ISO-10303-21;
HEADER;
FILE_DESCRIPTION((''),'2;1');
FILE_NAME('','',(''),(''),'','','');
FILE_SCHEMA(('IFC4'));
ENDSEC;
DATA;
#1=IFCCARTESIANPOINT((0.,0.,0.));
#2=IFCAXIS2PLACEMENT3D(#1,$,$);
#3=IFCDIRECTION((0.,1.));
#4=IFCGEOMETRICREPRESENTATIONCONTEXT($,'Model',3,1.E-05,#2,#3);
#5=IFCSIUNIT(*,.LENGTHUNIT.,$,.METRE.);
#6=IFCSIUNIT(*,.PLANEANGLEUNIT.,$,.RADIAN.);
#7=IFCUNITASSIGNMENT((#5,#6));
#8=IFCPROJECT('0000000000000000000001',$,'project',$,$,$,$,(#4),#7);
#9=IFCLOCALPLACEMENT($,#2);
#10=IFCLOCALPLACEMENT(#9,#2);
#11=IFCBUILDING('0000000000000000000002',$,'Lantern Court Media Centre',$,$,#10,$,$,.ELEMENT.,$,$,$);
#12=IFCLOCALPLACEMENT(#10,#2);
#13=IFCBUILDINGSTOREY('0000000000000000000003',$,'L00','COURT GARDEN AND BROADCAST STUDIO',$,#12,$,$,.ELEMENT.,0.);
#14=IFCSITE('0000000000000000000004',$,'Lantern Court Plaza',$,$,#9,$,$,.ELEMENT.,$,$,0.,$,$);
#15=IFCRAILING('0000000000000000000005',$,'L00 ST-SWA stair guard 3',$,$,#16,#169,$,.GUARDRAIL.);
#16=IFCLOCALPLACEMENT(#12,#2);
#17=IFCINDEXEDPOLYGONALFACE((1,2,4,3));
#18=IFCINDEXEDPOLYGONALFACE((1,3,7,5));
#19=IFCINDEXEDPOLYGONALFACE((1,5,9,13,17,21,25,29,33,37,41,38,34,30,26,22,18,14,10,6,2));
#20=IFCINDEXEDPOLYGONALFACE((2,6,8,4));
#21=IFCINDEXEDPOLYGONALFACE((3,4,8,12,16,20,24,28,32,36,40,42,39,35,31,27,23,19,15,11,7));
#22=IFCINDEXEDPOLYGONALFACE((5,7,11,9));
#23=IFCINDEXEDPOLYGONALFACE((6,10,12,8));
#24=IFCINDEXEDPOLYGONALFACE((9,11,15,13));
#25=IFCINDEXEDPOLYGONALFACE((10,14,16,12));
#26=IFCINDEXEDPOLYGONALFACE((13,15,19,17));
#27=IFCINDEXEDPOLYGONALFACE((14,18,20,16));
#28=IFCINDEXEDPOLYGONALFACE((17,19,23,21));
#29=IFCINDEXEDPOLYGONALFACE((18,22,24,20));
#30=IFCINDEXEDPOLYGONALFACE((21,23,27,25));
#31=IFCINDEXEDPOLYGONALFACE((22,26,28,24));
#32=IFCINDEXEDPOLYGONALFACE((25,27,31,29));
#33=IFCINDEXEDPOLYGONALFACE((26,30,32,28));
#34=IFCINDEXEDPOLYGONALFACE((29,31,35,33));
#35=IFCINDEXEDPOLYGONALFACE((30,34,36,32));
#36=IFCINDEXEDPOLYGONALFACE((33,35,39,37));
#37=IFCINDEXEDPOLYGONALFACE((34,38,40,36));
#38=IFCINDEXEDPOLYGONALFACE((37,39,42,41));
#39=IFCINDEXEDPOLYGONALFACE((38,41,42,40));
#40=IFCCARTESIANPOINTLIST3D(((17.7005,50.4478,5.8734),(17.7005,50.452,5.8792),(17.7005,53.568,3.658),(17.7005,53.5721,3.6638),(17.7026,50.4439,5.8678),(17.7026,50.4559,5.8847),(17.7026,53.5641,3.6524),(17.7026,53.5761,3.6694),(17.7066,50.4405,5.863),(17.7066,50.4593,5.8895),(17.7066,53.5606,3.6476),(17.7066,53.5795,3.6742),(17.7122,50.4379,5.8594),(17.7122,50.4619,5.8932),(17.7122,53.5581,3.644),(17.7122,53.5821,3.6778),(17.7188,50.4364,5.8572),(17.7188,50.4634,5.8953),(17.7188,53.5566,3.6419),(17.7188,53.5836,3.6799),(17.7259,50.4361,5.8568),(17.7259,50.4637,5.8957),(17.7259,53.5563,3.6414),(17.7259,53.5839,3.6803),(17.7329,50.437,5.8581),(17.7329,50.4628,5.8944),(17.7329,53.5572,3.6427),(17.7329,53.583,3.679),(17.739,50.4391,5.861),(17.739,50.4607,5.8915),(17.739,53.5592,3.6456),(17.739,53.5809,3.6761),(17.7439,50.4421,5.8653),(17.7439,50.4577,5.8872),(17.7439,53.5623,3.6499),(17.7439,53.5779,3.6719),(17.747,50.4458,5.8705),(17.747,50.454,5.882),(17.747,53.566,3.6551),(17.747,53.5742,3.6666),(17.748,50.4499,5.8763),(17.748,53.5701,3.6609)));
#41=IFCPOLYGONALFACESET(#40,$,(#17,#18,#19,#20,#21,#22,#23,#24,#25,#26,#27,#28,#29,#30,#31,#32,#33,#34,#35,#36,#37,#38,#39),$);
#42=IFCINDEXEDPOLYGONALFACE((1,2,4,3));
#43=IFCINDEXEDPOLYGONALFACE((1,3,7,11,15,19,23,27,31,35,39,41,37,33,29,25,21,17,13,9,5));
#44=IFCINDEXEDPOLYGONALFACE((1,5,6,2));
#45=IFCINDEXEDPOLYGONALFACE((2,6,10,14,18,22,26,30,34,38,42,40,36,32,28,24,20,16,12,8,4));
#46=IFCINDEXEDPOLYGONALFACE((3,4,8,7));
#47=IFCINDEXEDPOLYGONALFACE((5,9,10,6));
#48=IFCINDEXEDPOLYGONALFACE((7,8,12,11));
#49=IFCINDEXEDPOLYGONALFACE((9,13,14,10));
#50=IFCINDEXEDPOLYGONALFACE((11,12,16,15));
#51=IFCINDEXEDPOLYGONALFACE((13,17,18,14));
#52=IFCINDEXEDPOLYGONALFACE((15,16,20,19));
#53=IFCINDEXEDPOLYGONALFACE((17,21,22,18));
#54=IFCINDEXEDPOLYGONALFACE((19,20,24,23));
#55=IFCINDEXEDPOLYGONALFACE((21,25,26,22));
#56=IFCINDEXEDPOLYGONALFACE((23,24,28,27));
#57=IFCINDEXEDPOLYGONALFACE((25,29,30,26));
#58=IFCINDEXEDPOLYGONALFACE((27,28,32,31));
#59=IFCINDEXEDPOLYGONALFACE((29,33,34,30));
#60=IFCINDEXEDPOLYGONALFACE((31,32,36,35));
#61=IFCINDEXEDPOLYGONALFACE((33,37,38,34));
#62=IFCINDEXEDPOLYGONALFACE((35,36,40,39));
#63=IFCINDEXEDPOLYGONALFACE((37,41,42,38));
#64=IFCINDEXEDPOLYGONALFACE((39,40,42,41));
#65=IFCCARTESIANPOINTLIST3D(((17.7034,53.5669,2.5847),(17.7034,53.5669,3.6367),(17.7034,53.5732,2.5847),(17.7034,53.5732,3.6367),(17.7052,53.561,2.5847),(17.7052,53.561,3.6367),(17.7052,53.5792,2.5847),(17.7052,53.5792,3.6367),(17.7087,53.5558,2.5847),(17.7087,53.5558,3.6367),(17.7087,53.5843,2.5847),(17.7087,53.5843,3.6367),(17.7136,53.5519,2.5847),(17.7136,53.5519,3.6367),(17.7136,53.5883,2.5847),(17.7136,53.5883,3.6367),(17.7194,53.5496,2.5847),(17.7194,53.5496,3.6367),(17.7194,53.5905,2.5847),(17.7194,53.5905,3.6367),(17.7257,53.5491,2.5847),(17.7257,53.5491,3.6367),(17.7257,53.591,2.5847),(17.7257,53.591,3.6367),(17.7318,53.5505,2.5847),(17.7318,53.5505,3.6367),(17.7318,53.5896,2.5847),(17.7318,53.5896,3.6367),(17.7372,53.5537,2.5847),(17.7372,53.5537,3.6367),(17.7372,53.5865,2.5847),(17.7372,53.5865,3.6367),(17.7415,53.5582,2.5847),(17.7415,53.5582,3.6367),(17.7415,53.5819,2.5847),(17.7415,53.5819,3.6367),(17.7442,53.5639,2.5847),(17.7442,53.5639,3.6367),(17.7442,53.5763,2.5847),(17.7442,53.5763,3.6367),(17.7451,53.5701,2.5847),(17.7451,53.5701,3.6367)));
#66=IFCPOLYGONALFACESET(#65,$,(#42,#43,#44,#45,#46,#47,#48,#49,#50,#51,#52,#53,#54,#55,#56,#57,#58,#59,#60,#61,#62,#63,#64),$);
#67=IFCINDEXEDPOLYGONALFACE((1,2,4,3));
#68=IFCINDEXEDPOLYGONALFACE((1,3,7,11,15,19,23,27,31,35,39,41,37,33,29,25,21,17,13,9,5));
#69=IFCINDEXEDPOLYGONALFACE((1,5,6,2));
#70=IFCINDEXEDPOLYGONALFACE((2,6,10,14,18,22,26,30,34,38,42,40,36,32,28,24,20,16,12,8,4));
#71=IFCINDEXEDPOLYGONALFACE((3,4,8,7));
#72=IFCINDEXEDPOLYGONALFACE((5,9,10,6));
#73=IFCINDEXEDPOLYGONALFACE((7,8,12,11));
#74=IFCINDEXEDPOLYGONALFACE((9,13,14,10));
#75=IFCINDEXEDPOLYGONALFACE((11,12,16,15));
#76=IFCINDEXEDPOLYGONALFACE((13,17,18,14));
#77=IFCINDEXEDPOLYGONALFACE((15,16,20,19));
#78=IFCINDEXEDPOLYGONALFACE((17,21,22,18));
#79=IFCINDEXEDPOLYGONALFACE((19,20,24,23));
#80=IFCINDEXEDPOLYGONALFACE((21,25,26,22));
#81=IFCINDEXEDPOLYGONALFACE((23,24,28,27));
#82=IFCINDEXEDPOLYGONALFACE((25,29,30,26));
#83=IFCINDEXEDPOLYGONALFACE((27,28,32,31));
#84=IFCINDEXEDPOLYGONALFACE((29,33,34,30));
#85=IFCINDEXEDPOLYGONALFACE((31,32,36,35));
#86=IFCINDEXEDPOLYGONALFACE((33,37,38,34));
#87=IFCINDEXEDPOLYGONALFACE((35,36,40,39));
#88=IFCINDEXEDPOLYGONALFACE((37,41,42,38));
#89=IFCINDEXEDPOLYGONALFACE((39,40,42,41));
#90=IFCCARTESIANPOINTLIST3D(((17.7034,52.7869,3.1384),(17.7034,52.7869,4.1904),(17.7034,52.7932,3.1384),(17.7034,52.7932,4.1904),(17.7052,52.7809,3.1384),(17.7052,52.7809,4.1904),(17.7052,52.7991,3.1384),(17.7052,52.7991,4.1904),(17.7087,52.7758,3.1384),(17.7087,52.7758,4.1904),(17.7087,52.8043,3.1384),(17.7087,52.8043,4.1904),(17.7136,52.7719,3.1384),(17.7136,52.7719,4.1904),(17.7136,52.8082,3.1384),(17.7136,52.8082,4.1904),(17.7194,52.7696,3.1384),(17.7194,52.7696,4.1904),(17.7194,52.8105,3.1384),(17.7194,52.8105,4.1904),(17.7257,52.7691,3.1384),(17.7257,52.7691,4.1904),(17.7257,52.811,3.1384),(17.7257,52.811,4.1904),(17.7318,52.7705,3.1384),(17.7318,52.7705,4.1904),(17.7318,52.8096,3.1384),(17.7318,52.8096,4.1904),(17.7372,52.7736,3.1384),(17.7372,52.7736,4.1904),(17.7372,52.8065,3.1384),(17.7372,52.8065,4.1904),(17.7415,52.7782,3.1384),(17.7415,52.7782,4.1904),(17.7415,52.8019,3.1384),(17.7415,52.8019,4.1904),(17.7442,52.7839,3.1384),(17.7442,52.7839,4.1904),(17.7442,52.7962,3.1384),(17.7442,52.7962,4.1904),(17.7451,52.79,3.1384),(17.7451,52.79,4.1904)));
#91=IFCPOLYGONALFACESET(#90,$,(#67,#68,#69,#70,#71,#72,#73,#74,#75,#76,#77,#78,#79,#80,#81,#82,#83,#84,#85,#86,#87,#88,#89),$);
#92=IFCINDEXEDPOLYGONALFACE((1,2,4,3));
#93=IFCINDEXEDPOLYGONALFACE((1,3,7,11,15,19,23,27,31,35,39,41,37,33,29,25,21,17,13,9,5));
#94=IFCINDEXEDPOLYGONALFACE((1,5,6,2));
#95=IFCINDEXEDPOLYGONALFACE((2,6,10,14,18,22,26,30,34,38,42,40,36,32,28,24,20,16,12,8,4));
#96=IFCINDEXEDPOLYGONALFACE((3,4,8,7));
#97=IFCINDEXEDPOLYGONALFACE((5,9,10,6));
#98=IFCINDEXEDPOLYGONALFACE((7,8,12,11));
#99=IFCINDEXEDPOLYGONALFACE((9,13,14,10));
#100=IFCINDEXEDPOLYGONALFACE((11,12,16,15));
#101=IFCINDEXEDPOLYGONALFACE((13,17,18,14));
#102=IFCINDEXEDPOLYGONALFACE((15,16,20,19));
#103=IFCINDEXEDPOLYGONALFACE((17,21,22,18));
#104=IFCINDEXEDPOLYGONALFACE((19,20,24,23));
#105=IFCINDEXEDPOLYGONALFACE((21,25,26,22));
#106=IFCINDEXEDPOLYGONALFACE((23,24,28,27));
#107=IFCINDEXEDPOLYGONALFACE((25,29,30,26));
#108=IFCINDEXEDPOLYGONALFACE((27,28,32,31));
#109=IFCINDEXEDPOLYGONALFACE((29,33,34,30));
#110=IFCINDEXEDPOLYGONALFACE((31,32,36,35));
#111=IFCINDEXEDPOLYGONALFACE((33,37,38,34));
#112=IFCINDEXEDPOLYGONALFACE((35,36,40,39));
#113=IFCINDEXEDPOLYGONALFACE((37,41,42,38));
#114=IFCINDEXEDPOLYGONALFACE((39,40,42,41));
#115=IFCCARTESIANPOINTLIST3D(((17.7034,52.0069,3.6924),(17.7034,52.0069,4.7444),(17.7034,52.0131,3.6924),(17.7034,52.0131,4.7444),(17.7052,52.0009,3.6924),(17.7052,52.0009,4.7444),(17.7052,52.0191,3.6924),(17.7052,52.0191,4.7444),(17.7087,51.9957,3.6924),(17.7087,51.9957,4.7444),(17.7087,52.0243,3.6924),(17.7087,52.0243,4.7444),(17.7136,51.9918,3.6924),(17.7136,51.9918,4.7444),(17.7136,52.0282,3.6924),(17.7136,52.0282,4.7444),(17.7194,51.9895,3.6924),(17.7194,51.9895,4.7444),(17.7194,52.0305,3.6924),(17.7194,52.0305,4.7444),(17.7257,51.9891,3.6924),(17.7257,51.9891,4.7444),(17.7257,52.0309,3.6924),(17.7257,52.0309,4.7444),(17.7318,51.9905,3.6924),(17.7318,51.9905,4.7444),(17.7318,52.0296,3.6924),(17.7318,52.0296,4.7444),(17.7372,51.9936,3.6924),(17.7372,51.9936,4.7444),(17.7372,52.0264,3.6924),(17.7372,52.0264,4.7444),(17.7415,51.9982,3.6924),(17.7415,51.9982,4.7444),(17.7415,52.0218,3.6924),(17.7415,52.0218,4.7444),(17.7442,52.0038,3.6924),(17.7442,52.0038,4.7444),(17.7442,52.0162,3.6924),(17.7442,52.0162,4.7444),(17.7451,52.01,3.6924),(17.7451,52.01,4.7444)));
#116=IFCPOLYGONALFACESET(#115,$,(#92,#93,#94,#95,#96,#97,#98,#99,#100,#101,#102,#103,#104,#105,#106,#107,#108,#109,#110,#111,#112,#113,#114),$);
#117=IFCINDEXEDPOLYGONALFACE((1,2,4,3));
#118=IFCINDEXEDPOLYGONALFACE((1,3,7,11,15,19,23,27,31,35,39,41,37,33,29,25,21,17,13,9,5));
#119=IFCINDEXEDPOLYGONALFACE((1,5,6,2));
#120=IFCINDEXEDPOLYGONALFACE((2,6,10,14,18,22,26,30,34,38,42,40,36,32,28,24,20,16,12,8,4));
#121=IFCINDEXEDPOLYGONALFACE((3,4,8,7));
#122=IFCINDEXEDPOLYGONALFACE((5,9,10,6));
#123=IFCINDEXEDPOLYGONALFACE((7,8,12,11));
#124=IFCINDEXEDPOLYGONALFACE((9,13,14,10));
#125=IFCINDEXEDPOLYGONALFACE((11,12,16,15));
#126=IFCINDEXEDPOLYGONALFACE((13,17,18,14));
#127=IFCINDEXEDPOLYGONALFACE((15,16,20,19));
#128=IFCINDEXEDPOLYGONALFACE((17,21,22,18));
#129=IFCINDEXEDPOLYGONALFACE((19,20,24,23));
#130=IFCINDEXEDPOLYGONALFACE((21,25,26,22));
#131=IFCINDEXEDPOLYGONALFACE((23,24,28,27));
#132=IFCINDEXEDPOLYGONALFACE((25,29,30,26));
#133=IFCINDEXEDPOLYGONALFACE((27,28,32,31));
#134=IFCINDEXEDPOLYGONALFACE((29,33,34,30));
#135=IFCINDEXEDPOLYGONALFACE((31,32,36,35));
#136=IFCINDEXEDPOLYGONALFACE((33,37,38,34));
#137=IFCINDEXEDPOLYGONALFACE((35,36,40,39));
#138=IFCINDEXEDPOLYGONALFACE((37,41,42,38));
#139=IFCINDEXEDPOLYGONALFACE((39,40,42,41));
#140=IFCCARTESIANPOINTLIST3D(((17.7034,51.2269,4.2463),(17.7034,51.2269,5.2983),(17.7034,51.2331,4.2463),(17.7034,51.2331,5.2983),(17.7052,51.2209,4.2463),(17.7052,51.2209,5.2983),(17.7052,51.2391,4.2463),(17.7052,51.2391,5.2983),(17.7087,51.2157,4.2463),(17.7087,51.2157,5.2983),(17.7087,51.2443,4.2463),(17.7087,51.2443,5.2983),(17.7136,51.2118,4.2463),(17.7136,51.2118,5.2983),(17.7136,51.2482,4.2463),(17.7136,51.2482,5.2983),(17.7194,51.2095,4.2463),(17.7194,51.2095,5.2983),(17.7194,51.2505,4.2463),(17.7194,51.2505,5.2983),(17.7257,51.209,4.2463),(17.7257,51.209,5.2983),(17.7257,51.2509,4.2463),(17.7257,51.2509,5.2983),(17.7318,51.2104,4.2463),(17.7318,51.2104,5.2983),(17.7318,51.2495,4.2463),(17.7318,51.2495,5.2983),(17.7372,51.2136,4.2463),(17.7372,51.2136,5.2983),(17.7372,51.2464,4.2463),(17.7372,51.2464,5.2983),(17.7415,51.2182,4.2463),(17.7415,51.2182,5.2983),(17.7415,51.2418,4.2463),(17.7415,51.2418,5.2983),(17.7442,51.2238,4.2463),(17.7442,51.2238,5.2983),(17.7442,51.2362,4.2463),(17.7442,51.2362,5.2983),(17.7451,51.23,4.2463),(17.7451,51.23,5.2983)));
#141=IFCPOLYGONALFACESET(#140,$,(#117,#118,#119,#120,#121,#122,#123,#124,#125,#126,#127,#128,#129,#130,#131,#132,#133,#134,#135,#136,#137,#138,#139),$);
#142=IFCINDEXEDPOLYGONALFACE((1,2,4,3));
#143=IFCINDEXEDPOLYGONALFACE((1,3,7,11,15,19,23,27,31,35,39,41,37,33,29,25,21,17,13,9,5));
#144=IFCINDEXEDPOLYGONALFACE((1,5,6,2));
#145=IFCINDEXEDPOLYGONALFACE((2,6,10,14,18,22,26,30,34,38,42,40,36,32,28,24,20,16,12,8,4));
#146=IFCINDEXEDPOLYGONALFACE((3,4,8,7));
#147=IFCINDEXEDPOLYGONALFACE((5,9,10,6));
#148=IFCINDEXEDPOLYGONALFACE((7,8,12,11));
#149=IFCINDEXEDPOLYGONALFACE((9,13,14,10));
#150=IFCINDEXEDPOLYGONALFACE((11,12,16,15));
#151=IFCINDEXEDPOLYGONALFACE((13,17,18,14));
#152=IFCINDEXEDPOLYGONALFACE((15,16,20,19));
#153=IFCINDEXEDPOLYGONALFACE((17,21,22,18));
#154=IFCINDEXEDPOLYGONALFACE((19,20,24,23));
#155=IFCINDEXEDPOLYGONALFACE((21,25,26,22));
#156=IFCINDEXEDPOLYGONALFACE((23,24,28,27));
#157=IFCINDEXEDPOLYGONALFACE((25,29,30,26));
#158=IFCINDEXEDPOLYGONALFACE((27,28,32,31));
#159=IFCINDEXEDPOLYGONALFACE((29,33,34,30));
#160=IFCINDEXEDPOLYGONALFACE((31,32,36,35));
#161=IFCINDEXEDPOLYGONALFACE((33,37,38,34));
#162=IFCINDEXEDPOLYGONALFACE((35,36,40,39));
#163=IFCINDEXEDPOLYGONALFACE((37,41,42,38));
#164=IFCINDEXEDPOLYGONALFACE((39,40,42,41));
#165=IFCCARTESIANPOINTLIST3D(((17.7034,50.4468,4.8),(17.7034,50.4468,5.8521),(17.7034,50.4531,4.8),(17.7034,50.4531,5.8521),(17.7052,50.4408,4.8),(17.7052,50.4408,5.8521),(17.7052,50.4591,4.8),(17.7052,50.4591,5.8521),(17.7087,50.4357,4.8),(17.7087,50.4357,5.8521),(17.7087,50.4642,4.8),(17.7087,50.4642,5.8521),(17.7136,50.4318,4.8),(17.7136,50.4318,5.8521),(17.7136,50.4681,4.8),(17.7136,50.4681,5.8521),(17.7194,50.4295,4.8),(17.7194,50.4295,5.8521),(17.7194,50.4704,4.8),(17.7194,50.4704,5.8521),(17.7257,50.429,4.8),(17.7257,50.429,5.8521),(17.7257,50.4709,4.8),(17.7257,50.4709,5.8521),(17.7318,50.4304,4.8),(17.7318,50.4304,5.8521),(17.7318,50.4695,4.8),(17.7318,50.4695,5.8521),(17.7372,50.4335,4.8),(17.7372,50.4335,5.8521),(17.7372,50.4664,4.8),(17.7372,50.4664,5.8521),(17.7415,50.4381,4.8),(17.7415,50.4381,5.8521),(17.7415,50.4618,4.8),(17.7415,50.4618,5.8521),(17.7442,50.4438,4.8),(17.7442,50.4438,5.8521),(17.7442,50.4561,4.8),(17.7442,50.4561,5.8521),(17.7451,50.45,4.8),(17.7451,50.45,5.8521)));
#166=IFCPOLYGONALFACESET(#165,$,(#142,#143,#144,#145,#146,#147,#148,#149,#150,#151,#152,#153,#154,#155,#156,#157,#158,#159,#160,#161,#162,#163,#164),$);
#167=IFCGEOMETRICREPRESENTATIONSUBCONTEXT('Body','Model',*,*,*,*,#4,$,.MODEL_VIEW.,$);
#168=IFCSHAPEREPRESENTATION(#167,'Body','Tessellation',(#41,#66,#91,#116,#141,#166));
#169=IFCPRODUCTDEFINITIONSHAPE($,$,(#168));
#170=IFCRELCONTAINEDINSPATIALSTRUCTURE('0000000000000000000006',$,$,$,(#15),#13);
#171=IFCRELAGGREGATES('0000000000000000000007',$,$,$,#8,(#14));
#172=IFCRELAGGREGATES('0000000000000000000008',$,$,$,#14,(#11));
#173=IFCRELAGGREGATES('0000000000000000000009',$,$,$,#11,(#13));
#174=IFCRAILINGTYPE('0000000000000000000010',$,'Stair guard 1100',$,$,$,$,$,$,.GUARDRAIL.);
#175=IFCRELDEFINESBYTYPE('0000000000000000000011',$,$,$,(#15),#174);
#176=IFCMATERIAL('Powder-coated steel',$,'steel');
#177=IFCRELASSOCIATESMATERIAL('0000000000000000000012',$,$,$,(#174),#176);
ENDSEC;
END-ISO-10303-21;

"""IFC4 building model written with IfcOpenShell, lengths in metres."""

from ifc_helpers import new_model, si_unit, direction, frame, origin, origin_2d, place, context, subcontext, project, spatial, circle, extrude, material, type_object, element, save


model = new_model("IFC4")

# Units and contexts
model_context = context("Model", 3, precision=1e-05, world=origin(), true_north=direction((0.0, 1.0)))
body_context = subcontext(model_context, "Body", "Model", "MODEL_VIEW")
ifc_project = project(units=[si_unit("LENGTHUNIT", "METRE"), si_unit("PLANEANGLEUNIT", "RADIAN")], contexts=[model_context])

# Site, building, storey
site_placement = place(None, origin())
site = spatial("IfcSite", under=ifc_project, at=site_placement, Name="Lantern Court Plaza", CompositionType="ELEMENT", RefElevation=0.0)
building_placement = place(site_placement, origin())
building = spatial("IfcBuilding", under=site, at=building_placement, Name="Lantern Court Media Centre", CompositionType="ELEMENT")
storey_placement = place(building_placement, origin())
storey = spatial("IfcBuildingStorey", under=building, at=storey_placement, Name="L00", Description="COURT GARDEN AND BROADCAST STUDIO", CompositionType="ELEMENT", Elevation=0.0)

# Railing
ifc_material_1 = material(Name="Powder-coated steel", Category="steel")
railing_type_1 = type_object("IfcRailingType", Name="Stair guard 1100", PredefinedType="GUARDRAIL", material=ifc_material_1)
railing_1_placement = place(storey_placement, frame((17.7241, 53.5701, 2.5847)))
element("IfcRailing", 1, at=railing_1_placement, inside=storey, type_object=railing_type_1, Name="L00 ST-SWA stair guard 3", PredefinedType="GUARDRAIL", context=body_context, shape_type="SweptSolid", body=[
    extrude(circle(Radius=0.0239, at=origin_2d()), frame((0.0, 0.0, 1.0762), z_axis=(0.0, -0.815377, 0.57893), x_axis=(1.0, 0.0, 0.0)), (0.0, 0.0, 1.0), 3.8267),
    extrude(circle(Radius=0.021, at=origin_2d()), origin(), (0.0, 0.0, 1.0), 1.052),
    extrude(circle(Radius=0.021, at=origin_2d()), frame((0.0, -0.78, 0.5537)), (0.0, 0.0, 1.0), 1.052),
    extrude(circle(Radius=0.021, at=origin_2d()), frame((0.0, -1.5601, 1.1077)), (0.0, 0.0, 1.0), 1.052),
    extrude(circle(Radius=0.021, at=origin_2d()), frame((0.0, -2.3401, 1.6616)), (0.0, 0.0, 1.0), 1.052),
    extrude(circle(Radius=0.021, at=origin_2d()), frame((0.0, -3.1201, 2.2153)), (0.0, 0.0, 1.0), 1.052),
])

save(model, "model.ifc")
